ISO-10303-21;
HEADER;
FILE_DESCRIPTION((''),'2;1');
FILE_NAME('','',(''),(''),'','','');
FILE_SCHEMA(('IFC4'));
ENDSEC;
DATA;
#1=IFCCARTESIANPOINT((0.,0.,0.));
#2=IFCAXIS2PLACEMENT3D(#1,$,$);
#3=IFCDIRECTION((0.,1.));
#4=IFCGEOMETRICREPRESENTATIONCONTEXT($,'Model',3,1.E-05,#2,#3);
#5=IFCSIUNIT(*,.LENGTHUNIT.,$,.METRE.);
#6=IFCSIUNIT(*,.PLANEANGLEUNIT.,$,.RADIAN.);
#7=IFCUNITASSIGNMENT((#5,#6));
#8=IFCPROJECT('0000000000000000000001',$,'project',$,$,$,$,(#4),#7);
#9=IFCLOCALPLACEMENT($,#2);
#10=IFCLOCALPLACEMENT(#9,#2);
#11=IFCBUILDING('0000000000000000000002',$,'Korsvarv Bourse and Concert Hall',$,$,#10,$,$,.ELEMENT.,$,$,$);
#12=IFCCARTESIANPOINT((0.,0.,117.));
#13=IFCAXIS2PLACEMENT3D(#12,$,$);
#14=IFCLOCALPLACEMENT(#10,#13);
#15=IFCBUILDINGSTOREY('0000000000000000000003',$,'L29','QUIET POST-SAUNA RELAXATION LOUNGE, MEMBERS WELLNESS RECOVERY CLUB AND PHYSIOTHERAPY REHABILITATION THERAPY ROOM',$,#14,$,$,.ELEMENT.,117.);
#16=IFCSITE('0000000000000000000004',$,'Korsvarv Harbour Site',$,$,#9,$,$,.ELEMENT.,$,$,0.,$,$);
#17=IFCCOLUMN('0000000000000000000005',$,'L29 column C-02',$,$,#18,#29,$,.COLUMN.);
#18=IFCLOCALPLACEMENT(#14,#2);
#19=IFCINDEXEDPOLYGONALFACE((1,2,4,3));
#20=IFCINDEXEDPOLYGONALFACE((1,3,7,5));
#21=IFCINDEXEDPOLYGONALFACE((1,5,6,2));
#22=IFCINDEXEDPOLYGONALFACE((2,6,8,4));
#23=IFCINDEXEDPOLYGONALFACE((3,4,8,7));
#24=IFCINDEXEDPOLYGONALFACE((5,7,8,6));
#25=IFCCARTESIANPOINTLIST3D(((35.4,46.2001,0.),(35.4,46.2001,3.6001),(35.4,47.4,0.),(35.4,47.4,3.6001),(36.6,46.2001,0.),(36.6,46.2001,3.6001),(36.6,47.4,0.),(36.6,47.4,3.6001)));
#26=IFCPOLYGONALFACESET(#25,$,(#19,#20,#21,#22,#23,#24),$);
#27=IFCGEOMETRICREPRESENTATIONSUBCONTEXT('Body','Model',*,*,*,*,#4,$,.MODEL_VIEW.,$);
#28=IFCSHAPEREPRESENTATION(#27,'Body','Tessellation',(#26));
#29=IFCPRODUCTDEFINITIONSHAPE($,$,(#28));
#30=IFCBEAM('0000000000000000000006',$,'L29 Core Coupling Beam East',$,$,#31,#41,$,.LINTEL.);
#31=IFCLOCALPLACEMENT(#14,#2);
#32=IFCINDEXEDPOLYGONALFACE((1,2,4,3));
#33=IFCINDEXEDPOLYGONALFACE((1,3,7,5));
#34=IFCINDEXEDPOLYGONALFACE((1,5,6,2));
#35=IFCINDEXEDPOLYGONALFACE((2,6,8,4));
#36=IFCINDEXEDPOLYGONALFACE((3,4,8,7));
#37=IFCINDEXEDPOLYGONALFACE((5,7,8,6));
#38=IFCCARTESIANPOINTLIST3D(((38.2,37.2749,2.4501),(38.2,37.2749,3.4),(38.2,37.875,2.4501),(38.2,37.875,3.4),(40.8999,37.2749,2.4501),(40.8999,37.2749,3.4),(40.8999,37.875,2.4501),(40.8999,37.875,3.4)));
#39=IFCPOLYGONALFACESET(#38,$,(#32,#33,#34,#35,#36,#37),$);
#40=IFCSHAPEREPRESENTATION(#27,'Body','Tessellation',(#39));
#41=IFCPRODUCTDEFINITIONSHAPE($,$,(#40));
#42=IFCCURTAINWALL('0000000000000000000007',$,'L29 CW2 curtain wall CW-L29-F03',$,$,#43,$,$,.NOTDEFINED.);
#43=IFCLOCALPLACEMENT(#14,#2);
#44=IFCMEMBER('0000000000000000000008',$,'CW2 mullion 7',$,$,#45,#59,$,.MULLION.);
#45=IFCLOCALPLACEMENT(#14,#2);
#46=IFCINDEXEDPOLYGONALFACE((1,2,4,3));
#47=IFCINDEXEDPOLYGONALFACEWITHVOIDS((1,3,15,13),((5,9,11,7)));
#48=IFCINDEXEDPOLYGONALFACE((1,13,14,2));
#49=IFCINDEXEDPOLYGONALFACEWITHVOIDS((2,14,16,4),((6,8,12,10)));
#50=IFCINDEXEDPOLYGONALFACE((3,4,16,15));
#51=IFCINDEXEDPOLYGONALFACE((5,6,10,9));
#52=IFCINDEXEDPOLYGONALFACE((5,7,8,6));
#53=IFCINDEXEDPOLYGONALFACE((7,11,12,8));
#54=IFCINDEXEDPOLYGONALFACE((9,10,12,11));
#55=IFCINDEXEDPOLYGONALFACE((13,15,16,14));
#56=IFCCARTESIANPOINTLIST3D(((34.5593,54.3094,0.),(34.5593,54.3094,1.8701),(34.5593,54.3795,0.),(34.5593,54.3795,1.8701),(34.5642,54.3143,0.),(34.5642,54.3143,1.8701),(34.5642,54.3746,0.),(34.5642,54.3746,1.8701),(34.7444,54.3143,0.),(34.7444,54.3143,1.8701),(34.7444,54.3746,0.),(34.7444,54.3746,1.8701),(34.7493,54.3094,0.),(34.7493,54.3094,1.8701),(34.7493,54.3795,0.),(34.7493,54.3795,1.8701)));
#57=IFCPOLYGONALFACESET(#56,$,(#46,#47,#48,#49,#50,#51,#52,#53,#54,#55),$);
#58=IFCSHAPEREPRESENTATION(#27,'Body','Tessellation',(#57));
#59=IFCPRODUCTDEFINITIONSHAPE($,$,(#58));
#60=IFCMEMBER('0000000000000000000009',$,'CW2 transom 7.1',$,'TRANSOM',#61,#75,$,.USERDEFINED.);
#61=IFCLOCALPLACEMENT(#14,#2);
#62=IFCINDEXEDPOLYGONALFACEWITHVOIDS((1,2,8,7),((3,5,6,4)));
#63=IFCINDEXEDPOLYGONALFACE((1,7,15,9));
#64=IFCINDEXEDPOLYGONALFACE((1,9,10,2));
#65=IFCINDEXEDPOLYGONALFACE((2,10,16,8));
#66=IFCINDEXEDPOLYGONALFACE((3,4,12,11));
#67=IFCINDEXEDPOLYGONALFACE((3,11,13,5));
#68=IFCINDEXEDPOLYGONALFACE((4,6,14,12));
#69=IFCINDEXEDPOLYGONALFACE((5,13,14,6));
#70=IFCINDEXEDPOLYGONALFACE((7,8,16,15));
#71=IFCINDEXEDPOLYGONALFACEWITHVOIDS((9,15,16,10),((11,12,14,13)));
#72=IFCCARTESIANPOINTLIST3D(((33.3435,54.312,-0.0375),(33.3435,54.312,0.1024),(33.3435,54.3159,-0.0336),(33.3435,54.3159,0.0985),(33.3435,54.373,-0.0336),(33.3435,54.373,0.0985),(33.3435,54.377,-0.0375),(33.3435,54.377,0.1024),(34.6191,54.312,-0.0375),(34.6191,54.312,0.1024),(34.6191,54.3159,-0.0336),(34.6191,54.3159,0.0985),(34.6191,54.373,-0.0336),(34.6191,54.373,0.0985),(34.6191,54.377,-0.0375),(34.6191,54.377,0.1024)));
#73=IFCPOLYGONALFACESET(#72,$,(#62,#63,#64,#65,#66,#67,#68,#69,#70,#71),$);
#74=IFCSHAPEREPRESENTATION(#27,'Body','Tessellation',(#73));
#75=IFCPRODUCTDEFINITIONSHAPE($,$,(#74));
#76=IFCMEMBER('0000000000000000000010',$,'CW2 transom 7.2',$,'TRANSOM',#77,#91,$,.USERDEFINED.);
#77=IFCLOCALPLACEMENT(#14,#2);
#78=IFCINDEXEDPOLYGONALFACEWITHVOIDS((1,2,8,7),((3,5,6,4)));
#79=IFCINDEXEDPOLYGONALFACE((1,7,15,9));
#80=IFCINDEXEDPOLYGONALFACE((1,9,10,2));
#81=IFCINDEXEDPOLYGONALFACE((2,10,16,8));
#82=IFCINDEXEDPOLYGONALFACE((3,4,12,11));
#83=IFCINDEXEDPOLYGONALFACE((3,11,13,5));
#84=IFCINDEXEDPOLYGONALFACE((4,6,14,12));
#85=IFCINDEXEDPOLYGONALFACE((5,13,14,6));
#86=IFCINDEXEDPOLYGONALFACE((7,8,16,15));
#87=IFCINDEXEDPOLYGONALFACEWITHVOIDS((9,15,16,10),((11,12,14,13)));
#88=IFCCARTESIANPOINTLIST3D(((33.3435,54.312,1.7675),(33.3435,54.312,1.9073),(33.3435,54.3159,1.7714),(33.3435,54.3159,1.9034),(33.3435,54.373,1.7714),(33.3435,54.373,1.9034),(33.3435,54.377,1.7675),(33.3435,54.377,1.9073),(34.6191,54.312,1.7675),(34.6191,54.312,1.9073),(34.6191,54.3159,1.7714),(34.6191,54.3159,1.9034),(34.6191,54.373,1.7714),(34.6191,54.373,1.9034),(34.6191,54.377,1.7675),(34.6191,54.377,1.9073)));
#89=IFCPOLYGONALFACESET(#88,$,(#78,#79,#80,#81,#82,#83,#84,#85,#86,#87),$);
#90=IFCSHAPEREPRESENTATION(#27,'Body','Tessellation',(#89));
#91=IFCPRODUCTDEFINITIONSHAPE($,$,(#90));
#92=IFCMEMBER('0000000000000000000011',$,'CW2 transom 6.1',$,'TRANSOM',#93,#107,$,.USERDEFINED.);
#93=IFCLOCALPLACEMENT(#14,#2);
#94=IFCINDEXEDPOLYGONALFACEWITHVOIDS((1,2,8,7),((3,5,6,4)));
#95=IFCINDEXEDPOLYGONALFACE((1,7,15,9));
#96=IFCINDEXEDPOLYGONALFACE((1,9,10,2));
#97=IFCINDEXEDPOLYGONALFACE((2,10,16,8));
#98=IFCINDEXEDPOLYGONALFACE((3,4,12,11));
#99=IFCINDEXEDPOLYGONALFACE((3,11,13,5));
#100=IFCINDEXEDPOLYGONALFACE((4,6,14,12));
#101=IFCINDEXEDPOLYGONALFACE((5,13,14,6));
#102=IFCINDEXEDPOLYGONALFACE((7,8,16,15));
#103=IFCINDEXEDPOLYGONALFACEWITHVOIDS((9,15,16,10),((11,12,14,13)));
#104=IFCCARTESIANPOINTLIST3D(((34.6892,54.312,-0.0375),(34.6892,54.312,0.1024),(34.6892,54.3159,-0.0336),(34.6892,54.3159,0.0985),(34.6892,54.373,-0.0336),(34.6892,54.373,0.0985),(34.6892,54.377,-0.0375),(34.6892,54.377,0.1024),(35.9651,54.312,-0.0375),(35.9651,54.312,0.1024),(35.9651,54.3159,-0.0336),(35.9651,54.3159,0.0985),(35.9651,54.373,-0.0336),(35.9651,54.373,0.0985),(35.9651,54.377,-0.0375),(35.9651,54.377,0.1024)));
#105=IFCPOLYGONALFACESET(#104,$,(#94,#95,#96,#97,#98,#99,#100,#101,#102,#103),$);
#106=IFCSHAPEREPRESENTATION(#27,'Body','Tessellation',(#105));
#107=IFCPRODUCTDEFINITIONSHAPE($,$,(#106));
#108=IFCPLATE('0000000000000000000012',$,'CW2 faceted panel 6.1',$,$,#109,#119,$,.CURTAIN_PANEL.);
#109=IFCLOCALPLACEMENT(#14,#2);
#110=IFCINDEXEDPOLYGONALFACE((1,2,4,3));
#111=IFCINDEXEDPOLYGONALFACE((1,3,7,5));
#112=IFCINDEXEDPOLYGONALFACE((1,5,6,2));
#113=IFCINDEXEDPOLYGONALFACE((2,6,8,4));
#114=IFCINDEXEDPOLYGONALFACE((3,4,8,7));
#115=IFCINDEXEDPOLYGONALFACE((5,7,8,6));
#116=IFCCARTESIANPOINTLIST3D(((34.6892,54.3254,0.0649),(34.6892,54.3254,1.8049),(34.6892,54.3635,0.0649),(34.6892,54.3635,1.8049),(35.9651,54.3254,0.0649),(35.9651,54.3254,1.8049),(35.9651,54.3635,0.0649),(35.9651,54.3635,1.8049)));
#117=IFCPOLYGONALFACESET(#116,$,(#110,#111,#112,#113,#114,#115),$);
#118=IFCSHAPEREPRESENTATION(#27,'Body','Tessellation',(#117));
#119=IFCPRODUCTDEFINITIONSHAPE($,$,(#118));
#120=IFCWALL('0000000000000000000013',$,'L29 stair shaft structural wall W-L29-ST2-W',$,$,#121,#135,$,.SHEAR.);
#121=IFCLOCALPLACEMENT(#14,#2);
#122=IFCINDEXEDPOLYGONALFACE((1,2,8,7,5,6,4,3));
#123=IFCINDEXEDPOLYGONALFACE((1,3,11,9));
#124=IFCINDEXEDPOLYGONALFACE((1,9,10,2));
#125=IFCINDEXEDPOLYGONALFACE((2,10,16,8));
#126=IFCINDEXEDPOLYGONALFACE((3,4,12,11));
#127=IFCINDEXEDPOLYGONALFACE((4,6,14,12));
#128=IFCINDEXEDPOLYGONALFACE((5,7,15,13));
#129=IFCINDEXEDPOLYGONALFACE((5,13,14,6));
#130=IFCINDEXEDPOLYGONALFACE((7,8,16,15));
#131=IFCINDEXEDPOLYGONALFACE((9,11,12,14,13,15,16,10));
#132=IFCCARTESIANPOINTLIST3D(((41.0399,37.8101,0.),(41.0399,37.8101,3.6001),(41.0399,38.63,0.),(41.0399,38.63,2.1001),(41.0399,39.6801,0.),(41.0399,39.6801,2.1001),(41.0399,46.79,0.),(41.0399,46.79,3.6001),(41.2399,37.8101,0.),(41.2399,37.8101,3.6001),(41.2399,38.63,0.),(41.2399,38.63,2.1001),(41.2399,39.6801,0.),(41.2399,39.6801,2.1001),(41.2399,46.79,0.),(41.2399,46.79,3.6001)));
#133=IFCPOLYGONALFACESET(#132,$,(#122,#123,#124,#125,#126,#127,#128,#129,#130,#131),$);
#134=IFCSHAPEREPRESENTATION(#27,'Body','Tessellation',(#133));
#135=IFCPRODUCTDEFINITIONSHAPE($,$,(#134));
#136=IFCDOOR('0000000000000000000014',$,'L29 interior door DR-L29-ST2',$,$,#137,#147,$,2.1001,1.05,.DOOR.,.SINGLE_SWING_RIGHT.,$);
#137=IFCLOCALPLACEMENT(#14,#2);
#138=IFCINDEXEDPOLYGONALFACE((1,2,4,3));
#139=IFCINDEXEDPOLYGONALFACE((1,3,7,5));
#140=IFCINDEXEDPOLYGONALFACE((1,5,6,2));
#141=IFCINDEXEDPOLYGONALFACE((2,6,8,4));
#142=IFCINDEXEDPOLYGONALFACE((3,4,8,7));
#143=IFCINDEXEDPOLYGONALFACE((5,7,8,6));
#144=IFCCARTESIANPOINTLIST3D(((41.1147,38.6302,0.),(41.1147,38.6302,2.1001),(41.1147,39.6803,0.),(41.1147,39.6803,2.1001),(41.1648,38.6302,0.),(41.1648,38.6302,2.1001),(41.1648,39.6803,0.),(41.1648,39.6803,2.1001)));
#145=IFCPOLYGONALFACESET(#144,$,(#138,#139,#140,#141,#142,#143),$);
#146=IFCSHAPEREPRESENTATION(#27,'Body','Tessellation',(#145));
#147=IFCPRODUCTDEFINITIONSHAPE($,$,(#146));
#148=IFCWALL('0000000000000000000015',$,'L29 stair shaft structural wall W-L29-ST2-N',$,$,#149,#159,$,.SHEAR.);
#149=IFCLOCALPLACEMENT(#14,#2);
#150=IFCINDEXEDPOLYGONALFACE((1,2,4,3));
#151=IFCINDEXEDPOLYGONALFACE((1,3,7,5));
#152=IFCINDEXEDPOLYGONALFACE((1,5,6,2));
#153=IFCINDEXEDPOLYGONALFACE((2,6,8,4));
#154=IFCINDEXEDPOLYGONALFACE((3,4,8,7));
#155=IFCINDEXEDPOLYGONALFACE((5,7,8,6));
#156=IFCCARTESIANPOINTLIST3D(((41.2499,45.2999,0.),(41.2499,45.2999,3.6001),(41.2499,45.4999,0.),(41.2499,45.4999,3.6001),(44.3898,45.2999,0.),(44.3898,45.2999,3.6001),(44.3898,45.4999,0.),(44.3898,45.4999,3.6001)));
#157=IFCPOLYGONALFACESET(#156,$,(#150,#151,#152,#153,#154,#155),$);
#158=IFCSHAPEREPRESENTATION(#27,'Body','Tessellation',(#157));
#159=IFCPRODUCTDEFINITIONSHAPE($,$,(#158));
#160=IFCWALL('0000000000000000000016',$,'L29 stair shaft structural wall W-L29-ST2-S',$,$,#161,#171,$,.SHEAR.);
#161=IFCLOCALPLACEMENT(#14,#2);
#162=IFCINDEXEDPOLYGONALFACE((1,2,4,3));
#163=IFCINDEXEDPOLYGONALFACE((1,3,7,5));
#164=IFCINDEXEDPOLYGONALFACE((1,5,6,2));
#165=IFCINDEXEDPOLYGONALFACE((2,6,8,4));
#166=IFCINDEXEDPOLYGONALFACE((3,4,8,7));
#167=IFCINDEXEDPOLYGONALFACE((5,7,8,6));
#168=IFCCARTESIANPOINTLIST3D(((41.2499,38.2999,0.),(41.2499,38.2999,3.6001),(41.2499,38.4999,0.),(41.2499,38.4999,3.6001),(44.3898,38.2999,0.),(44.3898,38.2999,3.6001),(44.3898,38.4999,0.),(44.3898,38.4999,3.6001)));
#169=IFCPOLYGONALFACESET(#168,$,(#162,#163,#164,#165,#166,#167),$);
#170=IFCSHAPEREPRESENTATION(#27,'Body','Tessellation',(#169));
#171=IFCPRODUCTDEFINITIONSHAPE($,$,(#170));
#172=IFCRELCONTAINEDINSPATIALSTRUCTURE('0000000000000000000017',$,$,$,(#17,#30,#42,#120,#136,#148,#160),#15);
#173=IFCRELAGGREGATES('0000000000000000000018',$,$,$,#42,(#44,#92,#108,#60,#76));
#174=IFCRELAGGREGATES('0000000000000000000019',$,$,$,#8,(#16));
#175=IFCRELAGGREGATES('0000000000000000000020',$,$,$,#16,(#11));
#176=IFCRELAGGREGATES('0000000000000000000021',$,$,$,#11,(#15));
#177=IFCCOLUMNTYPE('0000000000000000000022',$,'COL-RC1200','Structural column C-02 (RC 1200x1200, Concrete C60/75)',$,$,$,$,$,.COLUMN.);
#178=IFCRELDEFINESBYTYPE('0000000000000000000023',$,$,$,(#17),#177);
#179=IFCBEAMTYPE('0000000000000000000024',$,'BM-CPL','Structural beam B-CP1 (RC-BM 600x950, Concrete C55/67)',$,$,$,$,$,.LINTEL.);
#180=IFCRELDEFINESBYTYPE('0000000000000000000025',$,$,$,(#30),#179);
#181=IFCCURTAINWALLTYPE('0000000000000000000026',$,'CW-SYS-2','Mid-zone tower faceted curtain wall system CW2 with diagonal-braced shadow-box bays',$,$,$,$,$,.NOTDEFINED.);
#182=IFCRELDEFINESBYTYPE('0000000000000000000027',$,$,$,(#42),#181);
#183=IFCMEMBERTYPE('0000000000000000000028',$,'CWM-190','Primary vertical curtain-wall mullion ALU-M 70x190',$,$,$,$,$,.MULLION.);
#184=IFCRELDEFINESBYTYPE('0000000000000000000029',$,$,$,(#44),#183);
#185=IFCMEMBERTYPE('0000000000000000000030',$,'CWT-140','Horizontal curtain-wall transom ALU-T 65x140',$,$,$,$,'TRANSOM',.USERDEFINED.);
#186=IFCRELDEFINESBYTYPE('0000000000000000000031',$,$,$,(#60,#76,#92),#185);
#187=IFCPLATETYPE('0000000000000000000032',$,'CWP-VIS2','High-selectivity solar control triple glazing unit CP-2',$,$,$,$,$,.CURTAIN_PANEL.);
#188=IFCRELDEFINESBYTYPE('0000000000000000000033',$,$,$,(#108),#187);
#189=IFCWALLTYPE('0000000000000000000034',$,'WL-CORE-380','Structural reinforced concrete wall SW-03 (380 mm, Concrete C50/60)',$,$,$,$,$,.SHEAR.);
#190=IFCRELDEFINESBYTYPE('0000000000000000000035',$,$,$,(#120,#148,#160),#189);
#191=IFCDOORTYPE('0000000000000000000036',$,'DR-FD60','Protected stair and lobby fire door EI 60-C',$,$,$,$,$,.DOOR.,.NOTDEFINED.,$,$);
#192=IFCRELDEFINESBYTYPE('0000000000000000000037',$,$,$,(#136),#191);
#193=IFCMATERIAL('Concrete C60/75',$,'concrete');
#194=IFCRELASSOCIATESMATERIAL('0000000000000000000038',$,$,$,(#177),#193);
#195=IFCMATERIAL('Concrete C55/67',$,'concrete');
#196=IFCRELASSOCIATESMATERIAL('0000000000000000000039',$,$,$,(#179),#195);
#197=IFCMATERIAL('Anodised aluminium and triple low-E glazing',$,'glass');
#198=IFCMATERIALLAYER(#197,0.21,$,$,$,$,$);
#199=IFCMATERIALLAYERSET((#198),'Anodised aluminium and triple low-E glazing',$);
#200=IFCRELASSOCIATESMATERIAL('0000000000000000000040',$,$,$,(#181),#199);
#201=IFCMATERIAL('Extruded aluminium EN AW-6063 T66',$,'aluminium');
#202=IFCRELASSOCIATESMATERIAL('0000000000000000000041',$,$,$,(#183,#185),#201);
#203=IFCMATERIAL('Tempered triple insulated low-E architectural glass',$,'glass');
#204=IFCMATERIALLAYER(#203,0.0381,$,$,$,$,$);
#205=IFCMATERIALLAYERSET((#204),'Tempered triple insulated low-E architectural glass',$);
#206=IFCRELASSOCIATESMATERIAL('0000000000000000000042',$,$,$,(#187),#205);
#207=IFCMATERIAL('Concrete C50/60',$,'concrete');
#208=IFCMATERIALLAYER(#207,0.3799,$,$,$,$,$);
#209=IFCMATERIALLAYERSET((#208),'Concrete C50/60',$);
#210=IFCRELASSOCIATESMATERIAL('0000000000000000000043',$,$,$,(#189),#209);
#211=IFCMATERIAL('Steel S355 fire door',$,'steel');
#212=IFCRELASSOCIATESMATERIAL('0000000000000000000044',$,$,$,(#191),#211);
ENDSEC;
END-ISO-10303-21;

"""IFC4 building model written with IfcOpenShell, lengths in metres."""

from ifc_helpers import new_model, si_unit, direction, frame, frame_2d, origin, origin_2d, place, context, subcontext, project, spatial, rectangle, hollow_rectangle, extrude, source, transform, mapped, material, layer, layer_set, material_profile, profile_set, type_object, element, fill, aggregate, save


model = new_model("IFC4")

# Units and contexts
model_context = context("Model", 3, precision=1e-05, world=origin(), true_north=direction((0.0, 1.0)))
body_context = subcontext(model_context, "Body", "Model", "MODEL_VIEW")
ifc_project = project(units=[si_unit("LENGTHUNIT", "METRE"), si_unit("PLANEANGLEUNIT", "RADIAN")], contexts=[model_context])

# Site, building, storey
site_placement = place(None, origin())
site = spatial("IfcSite", under=ifc_project, at=site_placement, Name="Korsvarv Harbour Site", CompositionType="ELEMENT", RefElevation=0.0)
building_placement = place(site_placement, origin())
building = spatial("IfcBuilding", under=site, at=building_placement, Name="Korsvarv Bourse and Concert Hall", CompositionType="ELEMENT")
storey_placement = place(building_placement, frame((0.0, 0.0, 117.0)))
storey = spatial("IfcBuildingStorey", under=building, at=storey_placement, Name="L29", Description="QUIET POST-SAUNA RELAXATION LOUNGE, MEMBERS WELLNESS RECOVERY CLUB AND PHYSIOTHERAPY REHABILITATION THERAPY ROOM", CompositionType="ELEMENT", Elevation=117.0)

# Column
ifc_material_1 = material(Name="Concrete C60/75", Category="concrete")
ifc_material_profile_1 = material_profile(ifc_material_1, rectangle(XDim=1.2, YDim=1.2, at=origin_2d()), Name="RC 1200x1200")
ifc_profile_set_1 = profile_set([ifc_material_profile_1], Name="Concrete C60/75")
column_type = type_object("IfcColumnType", Name="COL-RC1200", Description="Structural column C-02 (RC 1200x1200, Concrete C60/75)", PredefinedType="COLUMN", material=ifc_profile_set_1)
shared_shape_1 = source(origin(), body_context, "Body", "SweptSolid", [
    extrude(rectangle(XDim=1.2, YDim=1.2, at=origin_2d()), origin(), (0.0, 0.0, 1.0), 3.6001),
])
column_placement = place(storey_placement, frame((36.0, 46.8, 0.0), z_axis=(0.0, 0.0, 1.0), x_axis=(1.0, 0.0, 0.0)))
element("IfcColumn", 1, at=column_placement, inside=storey, type_object=column_type, Name="L29 column C-02", PredefinedType="COLUMN", context=body_context, shape_type="MappedRepresentation", body=[
    mapped(shared_shape_1, transform((0.0, 0.0, 0.0), scale=1.0)),
])

# Beam
ifc_material_2 = material(Name="Concrete C55/67", Category="concrete")
ifc_material_profile_2 = material_profile(ifc_material_2, rectangle(XDim=0.6001, YDim=0.95, at=origin_2d()), Name="RC-BM 600x950")
ifc_profile_set_2 = profile_set([ifc_material_profile_2], Name="Concrete C55/67")
beam_type = type_object("IfcBeamType", Name="BM-CPL", Description="Structural beam B-CP1 (RC-BM 600x950, Concrete C55/67)", PredefinedType="LINTEL", material=ifc_profile_set_2)
shared_shape_2 = source(origin(), body_context, "Body", "SweptSolid", [
    extrude(rectangle(XDim=0.6001, YDim=0.95, at=origin_2d()), origin(), (0.0, 0.0, 1.0), 2.7),
])
beam_placement = place(storey_placement, frame((38.2, 37.575, 2.925), z_axis=(1.0, 0.0, 0.0), x_axis=(0.0, 1.0, 0.0)))
element("IfcBeam", 2, at=beam_placement, inside=storey, type_object=beam_type, Name="L29 Core Coupling Beam East", PredefinedType="LINTEL", context=body_context, shape_type="MappedRepresentation", body=[
    mapped(shared_shape_2, transform((0.0, 0.0, 0.0), scale=1.0)),
])

# Curtain wall, members, plate
ifc_material_3 = material(Name="Anodised aluminium and triple low-E glazing", Category="glass")
ifc_layer_1 = layer(ifc_material_3, 0.21)
ifc_layer_set_1 = layer_set([ifc_layer_1], Name="Anodised aluminium and triple low-E glazing")
curtain_wall_type = type_object("IfcCurtainWallType", Name="CW-SYS-2", Description="Mid-zone tower faceted curtain wall system CW2 with diagonal-braced shadow-box bays", PredefinedType="NOTDEFINED", material=ifc_layer_set_1)
curtain_wall_placement = place(storey_placement, origin())
curtain_wall = element("IfcCurtainWall", 3, at=curtain_wall_placement, inside=storey, type_object=curtain_wall_type, Name="L29 CW2 curtain wall CW-L29-F03", PredefinedType="NOTDEFINED")
ifc_material_4 = material(Name="Extruded aluminium EN AW-6063 T66", Category="aluminium")
ifc_material_profile_3 = material_profile(ifc_material_4, hollow_rectangle(XDim=0.0701, YDim=0.1899, WallThickness=0.0049, at=origin_2d()), Name="ALU-M 70x190")
ifc_profile_set_3 = profile_set([ifc_material_profile_3], Name="Extruded aluminium EN AW-6063 T66")
member_type_1 = type_object("IfcMemberType", Name="CWM-190", Description="Primary vertical curtain-wall mullion ALU-M 70x190", PredefinedType="MULLION", material=ifc_profile_set_3)
shared_shape_3 = source(origin(), body_context, "Body", "SweptSolid", [
    extrude(hollow_rectangle(XDim=0.0701, YDim=0.1899, WallThickness=0.0049, at=origin_2d()), origin(), (0.0, 0.0, 1.0), 1.8701),
])
member_1_placement = place(storey_placement, frame((34.6543, 54.3445, 0.0), z_axis=(0.0, 0.0, 1.0), x_axis=(0.0, -1.0, 0.0)))
member_1 = element("IfcMember", 4, at=member_1_placement, type_object=member_type_1, Name="CW2 mullion 7", PredefinedType="MULLION", context=body_context, shape_type="MappedRepresentation", body=[
    mapped(shared_shape_3, transform((0.0, 0.0, 0.0), scale=1.0)),
])
ifc_material_profile_4 = material_profile(ifc_material_4, hollow_rectangle(XDim=0.0649, YDim=0.1399, WallThickness=0.0039, at=origin_2d()), Name="ALU-T 65x140")
ifc_profile_set_4 = profile_set([ifc_material_profile_4], Name="Extruded aluminium EN AW-6063 T66")
member_type_2 = type_object("IfcMemberType", Name="CWT-140", Description="Horizontal curtain-wall transom ALU-T 65x140", ElementType="TRANSOM", PredefinedType="USERDEFINED", material=ifc_profile_set_4)
shared_shape_4 = source(origin(), body_context, "Body", "SweptSolid", [
    extrude(hollow_rectangle(XDim=0.0649, YDim=0.1399, WallThickness=0.0039, at=origin_2d()), origin(), (0.0, 0.0, 1.0), 1.2756),
])
member_2_placement = place(storey_placement, frame((34.6191, 54.3445, 0.0325), z_axis=(-1.0, 0.0, 0.0), x_axis=(0.0, -1.0, 0.0)))
member_2 = element("IfcMember", 5, at=member_2_placement, type_object=member_type_2, Name="CW2 transom 7.1", ObjectType="TRANSOM", PredefinedType="USERDEFINED", context=body_context, shape_type="MappedRepresentation", body=[
    mapped(shared_shape_4, transform((0.0, 0.0, 0.0), scale=1.0)),
])
member_3_placement = place(storey_placement, frame((34.6191, 54.3445, 1.8374), z_axis=(-1.0, 0.0, 0.0), x_axis=(0.0, -1.0, 0.0)))
member_3 = element("IfcMember", 6, at=member_3_placement, type_object=member_type_2, Name="CW2 transom 7.2", ObjectType="TRANSOM", PredefinedType="USERDEFINED", context=body_context, shape_type="MappedRepresentation", body=[
    mapped(shared_shape_4, transform((0.0, 0.0, 0.0), scale=1.0)),
])
shared_shape_5 = source(origin(), body_context, "Body", "SweptSolid", [
    extrude(hollow_rectangle(XDim=0.0649, YDim=0.1399, WallThickness=0.0039, at=origin_2d()), origin(), (0.0, 0.0, 1.0), 1.2759),
])
member_4_placement = place(storey_placement, frame((35.9651, 54.3445, 0.0325), z_axis=(-1.0, 0.0, 0.0), x_axis=(0.0, -1.0, 0.0)))
member_4 = element("IfcMember", 7, at=member_4_placement, type_object=member_type_2, Name="CW2 transom 6.1", ObjectType="TRANSOM", PredefinedType="USERDEFINED", context=body_context, shape_type="MappedRepresentation", body=[
    mapped(shared_shape_5, transform((0.0, 0.0, 0.0), scale=1.0)),
])
ifc_material_5 = material(Name="Tempered triple insulated low-E architectural glass", Category="glass")
ifc_layer_2 = layer(ifc_material_5, 0.0381)
ifc_layer_set_2 = layer_set([ifc_layer_2], Name="Tempered triple insulated low-E architectural glass")
plate_type = type_object("IfcPlateType", Name="CWP-VIS2", Description="High-selectivity solar control triple glazing unit CP-2", PredefinedType="CURTAIN_PANEL", material=ifc_layer_set_2)
shared_shape_6 = source(origin(), body_context, "Body", "SweptSolid", [
    extrude(rectangle(XDim=1.2759, YDim=0.0381, at=origin_2d()), origin(), (0.0, 0.0, 1.0), 1.74),
])
plate_placement = place(storey_placement, frame((35.3271, 54.3445, 0.0649), z_axis=(0.0, 0.0, 1.0), x_axis=(-1.0, 0.0, 0.0)))
plate = element("IfcPlate", 8, at=plate_placement, type_object=plate_type, Name="CW2 faceted panel 6.1", PredefinedType="CURTAIN_PANEL", context=body_context, shape_type="MappedRepresentation", body=[
    mapped(shared_shape_6, transform((0.0, 0.0, 0.0), scale=1.0)),
])
aggregate(curtain_wall, [member_1, member_4, plate, member_2, member_3])

# Wall, opening, door
ifc_material_6 = material(Name="Concrete C50/60", Category="concrete")
ifc_layer_3 = layer(ifc_material_6, 0.3799)
ifc_layer_set_3 = layer_set([ifc_layer_3], Name="Concrete C50/60")
wall_type_1 = type_object("IfcWallType", Name="WL-CORE-380", Description="Structural reinforced concrete wall SW-03 (380 mm, Concrete C50/60)", PredefinedType="SHEAR", material=ifc_layer_set_3)
wall_1_placement = place(storey_placement, frame((41.1399, 37.8101, 0.0), z_axis=(0.0, 0.0, 1.0), x_axis=(0.0, 1.0, 0.0)))
wall_1 = element("IfcWall", 9, at=wall_1_placement, inside=storey, type_object=wall_type_1, Name="L29 stair shaft structural wall W-L29-ST2-W", PredefinedType="SHEAR", context=body_context, shape_type="SweptSolid", body=[
    extrude(rectangle(XDim=8.98, YDim=0.2, at=frame_2d((4.49, 0.0))), origin(), (0.0, 0.0, 1.0), 3.6001),
])
opening_1_placement = place(wall_1_placement, frame((0.8201, 0.0, 0.0)))
opening_1 = element("IfcOpeningElement", 10, at=opening_1_placement, cuts=wall_1, PredefinedType="OPENING", context=body_context, shape_type="SweptSolid", body=[
    extrude(rectangle(XDim=1.05, YDim=2.1001, at=frame_2d((0.5249, 1.05))), frame((0.0, 0.1099, 0.0), z_axis=(0.0, -1.0, 0.0), x_axis=(1.0, 0.0, 0.0)), (0.0, 0.0, 1.0), 0.22),
])
ifc_material_7 = material(Name="Steel S355 fire door", Category="steel")
door_type_1 = type_object("IfcDoorType", Name="DR-FD60", Description="Protected stair and lobby fire door EI 60-C", OperationType="NOTDEFINED", PredefinedType="DOOR", material=ifc_material_7)
door_1_placement = place(opening_1_placement, frame((1.05, 0.0, 0.0), z_axis=(0.0, 0.0, 1.0), x_axis=(-1.0, 0.0, 0.0)))
door_1 = element("IfcDoor", 11, at=door_1_placement, inside=storey, type_object=door_type_1, Name="L29 interior door DR-L29-ST2", OperationType="SINGLE_SWING_RIGHT", OverallHeight=2.1001, OverallWidth=1.05, PredefinedType="DOOR", context=body_context, shape_type="SweptSolid", body=[
    extrude(rectangle(XDim=1.05, YDim=2.1001, at=frame_2d((0.5249, 1.05))), frame((0.0, 0.0249, 0.0), z_axis=(0.0, -1.0, 0.0), x_axis=(1.0, 0.0, 0.0)), (0.0, 0.0, 1.0), 0.05),
])
fill(opening_1, door_1)

# Walls
for number, where, z_axis, x_axis, name in (
    (12, (41.25, 45.3999, 0.0), (0.0, 0.0, 1.0), (1.0, 0.0, 0.0), "L29 stair shaft structural wall W-L29-ST2-N"),
    (13, (41.25, 38.3999, 0.0), (0.0, 0.0, 1.0), (1.0, 0.0, 0.0), "L29 stair shaft structural wall W-L29-ST2-S"),
):
    element("IfcWall", number, at=place(storey_placement, frame(where, z_axis=z_axis, x_axis=x_axis)), inside=storey, type_object=wall_type_1, Name=name, PredefinedType="SHEAR", context=body_context, shape_type="SweptSolid", body=[
        extrude(rectangle(XDim=3.1399, YDim=0.2, at=frame_2d((1.5698, 0.0))), origin(), (0.0, 0.0, 1.0), 3.6001),
    ])

save(model, "model.ifc")
